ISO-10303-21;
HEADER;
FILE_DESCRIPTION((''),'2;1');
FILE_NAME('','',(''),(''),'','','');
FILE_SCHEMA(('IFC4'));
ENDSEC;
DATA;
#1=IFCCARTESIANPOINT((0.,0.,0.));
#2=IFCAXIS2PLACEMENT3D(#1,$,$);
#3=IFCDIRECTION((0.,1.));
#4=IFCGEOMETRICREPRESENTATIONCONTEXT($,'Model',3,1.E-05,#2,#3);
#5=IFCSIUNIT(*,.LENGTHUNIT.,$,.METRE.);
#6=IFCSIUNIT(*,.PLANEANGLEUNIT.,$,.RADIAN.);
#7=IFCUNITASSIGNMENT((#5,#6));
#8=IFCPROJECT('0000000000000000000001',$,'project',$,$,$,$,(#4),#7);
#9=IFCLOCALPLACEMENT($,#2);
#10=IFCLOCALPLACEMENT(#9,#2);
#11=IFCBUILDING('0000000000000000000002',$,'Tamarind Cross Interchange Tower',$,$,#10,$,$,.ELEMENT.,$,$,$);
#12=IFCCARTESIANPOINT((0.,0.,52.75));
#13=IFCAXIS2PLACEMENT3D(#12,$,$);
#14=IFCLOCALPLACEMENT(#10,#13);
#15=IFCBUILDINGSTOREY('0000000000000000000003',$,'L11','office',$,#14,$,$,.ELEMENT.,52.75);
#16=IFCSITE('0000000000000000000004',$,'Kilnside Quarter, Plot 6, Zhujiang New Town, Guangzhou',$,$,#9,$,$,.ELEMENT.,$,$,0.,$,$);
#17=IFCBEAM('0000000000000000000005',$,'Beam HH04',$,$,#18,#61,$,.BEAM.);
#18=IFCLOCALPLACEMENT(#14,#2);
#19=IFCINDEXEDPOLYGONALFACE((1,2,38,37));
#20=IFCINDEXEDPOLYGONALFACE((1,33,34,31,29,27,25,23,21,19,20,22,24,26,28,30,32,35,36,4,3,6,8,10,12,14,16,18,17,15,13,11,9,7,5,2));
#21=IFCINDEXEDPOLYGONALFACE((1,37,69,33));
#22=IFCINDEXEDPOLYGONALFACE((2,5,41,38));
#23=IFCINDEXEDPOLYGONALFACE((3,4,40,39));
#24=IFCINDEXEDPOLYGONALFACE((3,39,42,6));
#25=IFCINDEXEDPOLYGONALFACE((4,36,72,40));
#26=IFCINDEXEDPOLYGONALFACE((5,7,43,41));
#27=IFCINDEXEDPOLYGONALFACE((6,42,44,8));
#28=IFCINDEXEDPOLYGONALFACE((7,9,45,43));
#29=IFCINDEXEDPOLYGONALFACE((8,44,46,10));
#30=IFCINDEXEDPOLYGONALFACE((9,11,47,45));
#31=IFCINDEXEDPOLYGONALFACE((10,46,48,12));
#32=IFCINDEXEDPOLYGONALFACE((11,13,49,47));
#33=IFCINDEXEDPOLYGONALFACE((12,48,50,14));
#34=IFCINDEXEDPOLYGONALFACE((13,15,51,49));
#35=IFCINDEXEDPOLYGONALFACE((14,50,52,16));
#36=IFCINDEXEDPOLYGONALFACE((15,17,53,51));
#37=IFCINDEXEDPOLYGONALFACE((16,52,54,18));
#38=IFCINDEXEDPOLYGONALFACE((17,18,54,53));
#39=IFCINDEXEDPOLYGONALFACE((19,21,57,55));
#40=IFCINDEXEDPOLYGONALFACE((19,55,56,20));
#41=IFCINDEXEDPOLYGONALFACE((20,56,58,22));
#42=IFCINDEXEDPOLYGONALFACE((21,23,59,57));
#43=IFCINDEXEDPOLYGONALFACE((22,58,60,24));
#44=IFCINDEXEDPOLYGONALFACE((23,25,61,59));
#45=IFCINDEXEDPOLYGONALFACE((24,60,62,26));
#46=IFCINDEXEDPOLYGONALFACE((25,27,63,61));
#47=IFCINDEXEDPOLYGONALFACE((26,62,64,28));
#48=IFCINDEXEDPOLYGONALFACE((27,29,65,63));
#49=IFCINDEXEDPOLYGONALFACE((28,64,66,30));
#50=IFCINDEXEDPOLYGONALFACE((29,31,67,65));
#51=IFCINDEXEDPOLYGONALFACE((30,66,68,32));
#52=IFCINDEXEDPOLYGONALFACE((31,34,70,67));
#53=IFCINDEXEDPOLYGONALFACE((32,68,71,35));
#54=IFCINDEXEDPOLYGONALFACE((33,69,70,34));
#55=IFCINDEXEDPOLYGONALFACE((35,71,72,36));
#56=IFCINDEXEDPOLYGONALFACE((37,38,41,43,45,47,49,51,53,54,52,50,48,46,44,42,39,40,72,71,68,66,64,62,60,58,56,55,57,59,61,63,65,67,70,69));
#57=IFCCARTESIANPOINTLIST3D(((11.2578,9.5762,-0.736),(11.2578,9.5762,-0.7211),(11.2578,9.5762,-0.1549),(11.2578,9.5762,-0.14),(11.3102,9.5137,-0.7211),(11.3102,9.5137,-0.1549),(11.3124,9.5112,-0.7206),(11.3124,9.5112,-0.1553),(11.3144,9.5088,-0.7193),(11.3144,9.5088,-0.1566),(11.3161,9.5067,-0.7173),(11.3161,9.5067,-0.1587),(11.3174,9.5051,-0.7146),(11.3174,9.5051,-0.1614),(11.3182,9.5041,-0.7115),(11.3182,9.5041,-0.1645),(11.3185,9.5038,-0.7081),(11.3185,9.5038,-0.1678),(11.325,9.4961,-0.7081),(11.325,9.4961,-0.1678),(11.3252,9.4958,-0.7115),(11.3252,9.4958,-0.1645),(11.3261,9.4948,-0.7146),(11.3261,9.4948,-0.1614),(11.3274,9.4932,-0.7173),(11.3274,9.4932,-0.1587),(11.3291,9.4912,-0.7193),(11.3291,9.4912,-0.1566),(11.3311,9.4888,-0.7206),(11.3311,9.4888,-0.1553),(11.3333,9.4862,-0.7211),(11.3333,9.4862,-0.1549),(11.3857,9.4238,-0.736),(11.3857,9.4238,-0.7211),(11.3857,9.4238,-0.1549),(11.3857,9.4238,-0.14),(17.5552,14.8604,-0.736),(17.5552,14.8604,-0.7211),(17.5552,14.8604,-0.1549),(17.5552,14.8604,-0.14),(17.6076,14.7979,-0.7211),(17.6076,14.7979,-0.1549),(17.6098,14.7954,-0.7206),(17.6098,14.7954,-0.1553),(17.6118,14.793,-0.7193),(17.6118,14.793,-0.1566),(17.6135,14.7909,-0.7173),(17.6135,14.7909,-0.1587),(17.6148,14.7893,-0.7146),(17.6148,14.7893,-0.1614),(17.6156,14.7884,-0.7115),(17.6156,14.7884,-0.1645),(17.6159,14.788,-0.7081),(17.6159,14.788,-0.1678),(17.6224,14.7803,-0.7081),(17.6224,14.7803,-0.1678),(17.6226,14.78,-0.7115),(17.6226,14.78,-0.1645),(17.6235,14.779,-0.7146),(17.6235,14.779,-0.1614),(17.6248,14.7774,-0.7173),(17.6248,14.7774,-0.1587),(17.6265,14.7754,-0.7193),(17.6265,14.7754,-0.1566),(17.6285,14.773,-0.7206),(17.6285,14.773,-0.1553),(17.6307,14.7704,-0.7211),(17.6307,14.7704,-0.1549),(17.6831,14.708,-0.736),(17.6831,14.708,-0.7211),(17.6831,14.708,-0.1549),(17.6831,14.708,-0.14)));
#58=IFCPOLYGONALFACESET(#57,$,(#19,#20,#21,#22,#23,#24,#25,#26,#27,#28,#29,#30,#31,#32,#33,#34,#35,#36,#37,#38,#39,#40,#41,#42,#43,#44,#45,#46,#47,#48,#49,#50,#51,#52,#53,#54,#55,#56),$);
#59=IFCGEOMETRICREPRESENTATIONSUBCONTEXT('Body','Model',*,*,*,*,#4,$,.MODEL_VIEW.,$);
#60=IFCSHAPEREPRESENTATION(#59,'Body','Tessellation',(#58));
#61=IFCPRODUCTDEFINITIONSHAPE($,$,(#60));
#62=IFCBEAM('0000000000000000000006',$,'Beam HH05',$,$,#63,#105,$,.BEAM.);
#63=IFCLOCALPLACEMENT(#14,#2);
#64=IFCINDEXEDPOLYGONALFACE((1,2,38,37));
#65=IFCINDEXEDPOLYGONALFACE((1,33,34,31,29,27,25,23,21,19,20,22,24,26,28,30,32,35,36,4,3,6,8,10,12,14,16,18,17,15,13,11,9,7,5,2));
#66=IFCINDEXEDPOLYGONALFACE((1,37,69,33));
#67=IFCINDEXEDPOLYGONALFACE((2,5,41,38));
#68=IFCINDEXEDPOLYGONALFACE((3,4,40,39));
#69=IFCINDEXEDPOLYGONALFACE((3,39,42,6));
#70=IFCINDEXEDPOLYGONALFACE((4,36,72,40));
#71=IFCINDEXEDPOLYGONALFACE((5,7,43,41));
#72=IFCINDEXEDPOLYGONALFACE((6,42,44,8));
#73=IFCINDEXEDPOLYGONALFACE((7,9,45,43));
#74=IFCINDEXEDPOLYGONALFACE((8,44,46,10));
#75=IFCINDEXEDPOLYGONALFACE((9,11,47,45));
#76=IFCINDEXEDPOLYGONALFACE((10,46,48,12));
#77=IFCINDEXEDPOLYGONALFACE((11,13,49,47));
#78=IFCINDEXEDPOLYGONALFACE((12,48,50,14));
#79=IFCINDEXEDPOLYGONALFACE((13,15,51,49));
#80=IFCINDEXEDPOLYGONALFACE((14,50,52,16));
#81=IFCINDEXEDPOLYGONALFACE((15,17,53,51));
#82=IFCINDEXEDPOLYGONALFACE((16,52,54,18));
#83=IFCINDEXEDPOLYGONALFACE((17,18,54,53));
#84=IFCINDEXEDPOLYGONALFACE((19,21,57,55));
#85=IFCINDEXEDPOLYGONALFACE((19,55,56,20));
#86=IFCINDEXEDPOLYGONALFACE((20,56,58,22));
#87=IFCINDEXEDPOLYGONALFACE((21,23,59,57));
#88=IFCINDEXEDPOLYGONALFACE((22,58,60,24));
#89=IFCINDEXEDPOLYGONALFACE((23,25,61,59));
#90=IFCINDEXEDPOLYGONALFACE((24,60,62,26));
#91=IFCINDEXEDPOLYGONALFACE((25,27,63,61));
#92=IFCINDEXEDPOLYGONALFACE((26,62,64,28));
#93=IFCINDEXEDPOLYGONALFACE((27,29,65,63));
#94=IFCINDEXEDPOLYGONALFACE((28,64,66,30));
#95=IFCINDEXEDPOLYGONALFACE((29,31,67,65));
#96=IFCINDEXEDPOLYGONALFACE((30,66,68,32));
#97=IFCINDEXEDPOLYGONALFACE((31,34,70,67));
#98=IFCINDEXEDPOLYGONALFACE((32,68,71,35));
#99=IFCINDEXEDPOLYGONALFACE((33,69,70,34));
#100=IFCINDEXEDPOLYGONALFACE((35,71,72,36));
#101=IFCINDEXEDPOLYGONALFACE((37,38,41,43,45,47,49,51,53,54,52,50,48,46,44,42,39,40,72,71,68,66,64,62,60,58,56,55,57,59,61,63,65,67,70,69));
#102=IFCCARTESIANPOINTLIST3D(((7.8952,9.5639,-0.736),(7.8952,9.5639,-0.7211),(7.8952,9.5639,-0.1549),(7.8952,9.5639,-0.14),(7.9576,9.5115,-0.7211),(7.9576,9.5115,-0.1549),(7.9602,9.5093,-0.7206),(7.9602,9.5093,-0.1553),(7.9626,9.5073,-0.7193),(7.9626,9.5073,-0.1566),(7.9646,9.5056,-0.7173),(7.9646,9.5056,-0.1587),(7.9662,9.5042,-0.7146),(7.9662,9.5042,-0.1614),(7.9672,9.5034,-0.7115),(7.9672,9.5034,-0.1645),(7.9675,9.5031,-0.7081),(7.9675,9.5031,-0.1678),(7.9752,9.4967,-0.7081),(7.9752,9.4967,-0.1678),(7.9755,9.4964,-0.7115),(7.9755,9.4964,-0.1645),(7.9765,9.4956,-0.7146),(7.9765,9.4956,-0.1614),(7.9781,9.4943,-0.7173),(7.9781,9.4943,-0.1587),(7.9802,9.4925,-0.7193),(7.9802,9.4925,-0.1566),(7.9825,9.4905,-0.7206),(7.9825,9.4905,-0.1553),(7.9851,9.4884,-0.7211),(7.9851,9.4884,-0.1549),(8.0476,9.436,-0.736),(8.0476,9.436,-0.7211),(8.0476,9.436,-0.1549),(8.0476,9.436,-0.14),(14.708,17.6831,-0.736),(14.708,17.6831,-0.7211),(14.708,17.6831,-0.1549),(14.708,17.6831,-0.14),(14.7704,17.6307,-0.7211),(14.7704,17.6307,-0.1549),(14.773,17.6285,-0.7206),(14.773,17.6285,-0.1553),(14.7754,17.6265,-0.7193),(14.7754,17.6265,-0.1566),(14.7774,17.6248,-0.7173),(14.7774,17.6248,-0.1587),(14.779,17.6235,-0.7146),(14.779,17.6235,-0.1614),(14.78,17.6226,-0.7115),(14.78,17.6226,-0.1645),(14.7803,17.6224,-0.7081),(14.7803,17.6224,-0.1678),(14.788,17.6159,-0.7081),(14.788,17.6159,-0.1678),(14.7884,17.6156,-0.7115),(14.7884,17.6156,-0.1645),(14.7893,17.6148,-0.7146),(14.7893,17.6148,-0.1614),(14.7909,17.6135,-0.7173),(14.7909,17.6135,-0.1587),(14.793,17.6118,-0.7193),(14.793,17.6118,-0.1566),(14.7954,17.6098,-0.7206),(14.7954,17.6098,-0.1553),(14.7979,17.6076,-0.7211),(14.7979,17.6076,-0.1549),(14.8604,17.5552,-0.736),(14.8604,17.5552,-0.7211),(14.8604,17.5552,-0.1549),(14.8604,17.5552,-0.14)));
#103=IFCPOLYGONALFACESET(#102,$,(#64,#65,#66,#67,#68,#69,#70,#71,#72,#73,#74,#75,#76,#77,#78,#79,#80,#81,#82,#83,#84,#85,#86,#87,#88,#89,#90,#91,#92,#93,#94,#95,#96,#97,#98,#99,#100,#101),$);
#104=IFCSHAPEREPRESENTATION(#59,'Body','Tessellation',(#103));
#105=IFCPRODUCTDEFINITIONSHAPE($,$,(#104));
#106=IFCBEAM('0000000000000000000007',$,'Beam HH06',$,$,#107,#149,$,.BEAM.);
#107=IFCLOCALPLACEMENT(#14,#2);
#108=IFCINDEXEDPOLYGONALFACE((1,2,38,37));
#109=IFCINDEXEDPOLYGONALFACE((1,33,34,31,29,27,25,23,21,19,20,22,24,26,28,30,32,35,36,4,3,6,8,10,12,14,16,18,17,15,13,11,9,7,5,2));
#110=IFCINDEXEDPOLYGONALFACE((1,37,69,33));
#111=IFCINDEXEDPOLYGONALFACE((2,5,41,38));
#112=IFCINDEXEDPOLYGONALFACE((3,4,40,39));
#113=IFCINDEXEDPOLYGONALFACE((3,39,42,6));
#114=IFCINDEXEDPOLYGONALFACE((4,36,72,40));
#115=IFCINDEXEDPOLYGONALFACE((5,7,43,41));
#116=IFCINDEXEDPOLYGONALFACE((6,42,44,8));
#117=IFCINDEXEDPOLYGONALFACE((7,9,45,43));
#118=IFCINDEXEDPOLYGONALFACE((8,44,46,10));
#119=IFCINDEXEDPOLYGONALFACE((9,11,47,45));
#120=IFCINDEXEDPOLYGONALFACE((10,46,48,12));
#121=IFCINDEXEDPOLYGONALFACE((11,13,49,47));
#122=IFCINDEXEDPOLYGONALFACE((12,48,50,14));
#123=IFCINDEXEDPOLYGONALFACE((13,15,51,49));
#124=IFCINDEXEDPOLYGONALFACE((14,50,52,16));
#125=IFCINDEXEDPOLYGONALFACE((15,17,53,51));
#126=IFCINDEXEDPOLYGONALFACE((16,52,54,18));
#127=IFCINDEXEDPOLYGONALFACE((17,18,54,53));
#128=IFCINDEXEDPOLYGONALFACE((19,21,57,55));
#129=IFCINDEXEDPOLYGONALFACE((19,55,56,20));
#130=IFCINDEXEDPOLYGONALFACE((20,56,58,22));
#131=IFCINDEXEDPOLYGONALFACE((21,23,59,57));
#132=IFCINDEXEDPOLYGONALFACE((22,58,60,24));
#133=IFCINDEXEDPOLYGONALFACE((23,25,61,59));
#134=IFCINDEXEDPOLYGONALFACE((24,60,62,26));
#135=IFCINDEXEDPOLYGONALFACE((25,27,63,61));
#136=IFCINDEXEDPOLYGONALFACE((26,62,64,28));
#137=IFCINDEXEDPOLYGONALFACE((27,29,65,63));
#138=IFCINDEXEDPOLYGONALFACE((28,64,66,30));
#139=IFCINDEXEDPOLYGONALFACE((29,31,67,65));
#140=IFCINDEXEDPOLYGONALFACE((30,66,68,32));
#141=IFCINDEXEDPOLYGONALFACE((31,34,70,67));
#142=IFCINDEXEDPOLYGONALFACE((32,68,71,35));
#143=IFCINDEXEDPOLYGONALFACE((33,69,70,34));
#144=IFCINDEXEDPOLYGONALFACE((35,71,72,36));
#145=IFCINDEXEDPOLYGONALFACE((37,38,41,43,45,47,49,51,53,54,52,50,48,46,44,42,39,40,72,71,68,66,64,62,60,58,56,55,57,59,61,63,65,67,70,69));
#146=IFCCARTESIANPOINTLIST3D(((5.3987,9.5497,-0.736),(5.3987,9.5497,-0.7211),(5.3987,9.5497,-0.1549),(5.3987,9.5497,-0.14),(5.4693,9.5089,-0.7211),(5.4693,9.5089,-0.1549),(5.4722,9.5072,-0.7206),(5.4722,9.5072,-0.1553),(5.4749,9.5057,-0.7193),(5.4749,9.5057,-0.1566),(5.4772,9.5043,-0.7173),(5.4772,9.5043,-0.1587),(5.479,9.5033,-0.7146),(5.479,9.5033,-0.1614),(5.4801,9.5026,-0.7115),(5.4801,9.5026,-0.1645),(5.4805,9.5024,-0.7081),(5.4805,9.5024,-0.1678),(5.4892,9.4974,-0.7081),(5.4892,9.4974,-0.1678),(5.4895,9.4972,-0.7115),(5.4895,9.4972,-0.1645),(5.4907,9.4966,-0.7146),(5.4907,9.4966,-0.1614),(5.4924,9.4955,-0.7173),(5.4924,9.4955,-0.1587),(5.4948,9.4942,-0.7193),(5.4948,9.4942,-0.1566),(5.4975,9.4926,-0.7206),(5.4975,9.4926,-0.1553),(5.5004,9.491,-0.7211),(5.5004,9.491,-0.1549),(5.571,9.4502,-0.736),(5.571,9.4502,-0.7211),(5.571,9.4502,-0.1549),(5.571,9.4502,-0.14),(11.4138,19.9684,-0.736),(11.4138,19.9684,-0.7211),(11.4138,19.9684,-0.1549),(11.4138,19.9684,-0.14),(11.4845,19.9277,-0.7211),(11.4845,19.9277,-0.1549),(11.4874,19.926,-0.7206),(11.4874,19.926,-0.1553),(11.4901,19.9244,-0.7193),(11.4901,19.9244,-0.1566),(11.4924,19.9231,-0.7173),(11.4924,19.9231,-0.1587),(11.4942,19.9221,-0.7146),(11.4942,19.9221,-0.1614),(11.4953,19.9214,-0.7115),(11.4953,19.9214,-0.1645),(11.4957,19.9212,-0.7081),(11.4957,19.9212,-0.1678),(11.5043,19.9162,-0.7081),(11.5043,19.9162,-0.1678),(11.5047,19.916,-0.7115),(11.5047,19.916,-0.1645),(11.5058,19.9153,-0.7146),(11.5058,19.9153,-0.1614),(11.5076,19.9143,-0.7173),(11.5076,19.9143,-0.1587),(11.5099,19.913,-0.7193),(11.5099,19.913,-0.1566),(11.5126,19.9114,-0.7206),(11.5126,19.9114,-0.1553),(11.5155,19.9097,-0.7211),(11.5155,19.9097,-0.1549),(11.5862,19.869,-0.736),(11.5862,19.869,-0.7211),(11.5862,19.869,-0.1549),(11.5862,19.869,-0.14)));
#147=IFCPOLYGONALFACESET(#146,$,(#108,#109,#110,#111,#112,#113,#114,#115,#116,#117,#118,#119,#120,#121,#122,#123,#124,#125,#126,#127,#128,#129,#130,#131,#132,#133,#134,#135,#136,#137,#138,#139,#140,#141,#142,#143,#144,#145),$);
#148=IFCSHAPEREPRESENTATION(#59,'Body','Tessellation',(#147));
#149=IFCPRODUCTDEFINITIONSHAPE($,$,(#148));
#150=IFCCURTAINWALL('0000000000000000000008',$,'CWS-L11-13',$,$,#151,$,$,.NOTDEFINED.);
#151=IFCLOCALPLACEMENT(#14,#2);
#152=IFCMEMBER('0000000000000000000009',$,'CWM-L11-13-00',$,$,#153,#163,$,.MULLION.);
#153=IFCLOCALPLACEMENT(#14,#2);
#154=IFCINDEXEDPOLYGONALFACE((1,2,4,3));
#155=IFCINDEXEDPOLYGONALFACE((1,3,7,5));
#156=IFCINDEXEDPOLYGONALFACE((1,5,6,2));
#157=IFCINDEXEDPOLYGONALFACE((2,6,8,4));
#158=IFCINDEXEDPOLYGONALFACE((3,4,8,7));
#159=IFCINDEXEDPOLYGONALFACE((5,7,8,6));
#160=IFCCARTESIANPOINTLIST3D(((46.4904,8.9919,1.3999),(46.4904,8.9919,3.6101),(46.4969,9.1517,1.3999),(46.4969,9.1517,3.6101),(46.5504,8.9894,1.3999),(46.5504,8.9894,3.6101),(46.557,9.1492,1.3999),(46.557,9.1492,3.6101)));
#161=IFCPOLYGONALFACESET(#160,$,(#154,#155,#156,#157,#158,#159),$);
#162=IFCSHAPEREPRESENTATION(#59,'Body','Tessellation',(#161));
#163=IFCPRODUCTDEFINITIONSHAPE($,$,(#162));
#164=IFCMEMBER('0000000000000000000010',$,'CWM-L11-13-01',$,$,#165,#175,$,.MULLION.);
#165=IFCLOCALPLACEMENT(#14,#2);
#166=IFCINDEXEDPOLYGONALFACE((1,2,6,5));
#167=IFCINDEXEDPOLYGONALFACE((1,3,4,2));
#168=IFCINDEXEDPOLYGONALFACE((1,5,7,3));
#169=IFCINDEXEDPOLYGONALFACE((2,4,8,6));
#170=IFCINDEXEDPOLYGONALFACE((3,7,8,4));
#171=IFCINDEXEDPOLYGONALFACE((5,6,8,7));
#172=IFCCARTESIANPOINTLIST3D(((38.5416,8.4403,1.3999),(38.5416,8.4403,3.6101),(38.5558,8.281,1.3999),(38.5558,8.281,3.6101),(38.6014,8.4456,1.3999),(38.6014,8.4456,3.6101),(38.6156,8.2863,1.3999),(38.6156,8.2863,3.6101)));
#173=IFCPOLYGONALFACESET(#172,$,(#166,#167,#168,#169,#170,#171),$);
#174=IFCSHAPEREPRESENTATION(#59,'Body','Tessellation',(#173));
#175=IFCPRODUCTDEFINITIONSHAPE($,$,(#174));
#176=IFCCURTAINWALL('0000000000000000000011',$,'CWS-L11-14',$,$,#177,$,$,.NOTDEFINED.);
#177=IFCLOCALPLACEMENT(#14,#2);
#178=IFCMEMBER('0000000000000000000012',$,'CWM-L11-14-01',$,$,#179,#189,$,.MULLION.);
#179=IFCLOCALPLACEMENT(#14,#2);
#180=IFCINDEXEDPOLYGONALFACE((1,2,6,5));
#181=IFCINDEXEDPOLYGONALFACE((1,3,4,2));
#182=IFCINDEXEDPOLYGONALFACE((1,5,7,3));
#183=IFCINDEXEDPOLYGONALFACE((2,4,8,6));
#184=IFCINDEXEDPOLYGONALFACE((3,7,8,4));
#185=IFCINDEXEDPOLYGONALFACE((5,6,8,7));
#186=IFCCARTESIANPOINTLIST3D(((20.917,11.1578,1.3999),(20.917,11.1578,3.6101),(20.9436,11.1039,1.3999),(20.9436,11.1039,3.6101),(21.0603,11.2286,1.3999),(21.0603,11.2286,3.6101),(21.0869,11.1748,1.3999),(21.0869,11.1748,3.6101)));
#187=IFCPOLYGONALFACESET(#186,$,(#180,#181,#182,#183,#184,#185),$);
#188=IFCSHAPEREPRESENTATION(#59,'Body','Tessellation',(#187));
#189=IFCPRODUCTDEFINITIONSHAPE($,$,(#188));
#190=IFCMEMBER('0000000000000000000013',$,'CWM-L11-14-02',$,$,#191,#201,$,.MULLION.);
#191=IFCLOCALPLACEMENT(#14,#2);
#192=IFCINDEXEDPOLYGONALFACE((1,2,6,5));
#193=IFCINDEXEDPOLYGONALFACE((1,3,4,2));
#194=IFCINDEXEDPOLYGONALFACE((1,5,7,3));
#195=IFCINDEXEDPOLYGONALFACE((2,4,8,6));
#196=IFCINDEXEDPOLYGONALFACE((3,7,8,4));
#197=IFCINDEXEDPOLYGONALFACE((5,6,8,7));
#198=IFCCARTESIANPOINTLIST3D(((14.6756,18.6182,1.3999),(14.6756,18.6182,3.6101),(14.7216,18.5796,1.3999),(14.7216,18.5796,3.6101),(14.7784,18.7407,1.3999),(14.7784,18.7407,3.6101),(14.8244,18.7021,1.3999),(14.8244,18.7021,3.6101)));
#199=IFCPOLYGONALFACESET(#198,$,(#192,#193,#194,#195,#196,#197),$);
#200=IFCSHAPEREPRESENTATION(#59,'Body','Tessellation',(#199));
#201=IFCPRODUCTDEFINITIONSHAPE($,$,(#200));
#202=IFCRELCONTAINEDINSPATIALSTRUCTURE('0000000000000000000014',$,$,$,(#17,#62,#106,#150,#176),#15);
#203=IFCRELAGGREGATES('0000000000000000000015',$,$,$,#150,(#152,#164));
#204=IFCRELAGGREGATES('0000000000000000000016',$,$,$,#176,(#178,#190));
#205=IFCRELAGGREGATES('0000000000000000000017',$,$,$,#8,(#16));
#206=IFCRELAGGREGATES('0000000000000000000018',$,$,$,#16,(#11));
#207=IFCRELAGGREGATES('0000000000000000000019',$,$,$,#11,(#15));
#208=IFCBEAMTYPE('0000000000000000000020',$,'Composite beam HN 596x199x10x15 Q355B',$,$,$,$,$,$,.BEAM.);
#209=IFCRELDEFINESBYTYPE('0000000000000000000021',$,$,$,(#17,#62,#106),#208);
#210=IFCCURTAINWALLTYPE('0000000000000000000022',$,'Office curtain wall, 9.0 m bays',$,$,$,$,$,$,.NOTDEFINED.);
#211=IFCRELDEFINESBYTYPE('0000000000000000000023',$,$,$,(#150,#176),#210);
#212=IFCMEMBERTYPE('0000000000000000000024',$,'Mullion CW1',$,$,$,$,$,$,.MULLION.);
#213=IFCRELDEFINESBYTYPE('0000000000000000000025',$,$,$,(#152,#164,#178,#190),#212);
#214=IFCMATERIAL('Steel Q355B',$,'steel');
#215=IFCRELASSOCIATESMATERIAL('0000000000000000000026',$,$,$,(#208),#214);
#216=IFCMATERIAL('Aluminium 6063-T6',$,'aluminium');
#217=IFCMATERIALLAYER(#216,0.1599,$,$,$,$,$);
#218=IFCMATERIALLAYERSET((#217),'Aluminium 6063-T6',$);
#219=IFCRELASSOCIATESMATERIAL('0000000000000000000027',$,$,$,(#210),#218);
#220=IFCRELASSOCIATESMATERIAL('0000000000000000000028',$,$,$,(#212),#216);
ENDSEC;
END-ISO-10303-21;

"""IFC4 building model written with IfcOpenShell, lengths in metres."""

from ifc_helpers import new_model, si_unit, direction, frame, origin, origin_2d, place, context, subcontext, project, spatial, rectangle, i_section, extrude, material, layer, layer_set, material_profile, profile_set, type_object, element, aggregate, save


model = new_model("IFC4")

# Units and contexts
model_context = context("Model", 3, precision=1e-05, world=origin(), true_north=direction((0.0, 1.0)))
body_context = subcontext(model_context, "Body", "Model", "MODEL_VIEW")
ifc_project = project(units=[si_unit("LENGTHUNIT", "METRE"), si_unit("PLANEANGLEUNIT", "RADIAN")], contexts=[model_context])

# Site, building, storey
site_placement = place(None, origin())
site = spatial("IfcSite", under=ifc_project, at=site_placement, Name="Kilnside Quarter, Plot 6, Zhujiang New Town, Guangzhou", CompositionType="ELEMENT", RefElevation=0.0)
building_placement = place(site_placement, origin())
building = spatial("IfcBuilding", under=site, at=building_placement, Name="Tamarind Cross Interchange Tower", CompositionType="ELEMENT")
storey_placement = place(building_placement, frame((0.0, 0.0, 52.75)))
storey = spatial("IfcBuildingStorey", under=building, at=storey_placement, Name="L11", Description="office", CompositionType="ELEMENT", Elevation=52.75)

# Beams
ifc_material_1 = material(Name="Steel Q355B", Category="steel")
ifc_material_profile_1 = material_profile(ifc_material_1, i_section(OverallWidth=0.199, OverallDepth=0.5959, WebThickness=0.01, FlangeThickness=0.0149, FilletRadius=0.0129, at=origin_2d()), Name="HN 596x199x10x15")
ifc_profile_set_1 = profile_set([ifc_material_profile_1], Name="Steel Q355B")
beam_type_1 = type_object("IfcBeamType", Name="Composite beam HN 596x199x10x15 Q355B", PredefinedType="BEAM", material=ifc_profile_set_1)
beam_1_placement = place(storey_placement, frame((17.6191, 14.7842, -0.438), z_axis=(-0.766041, -0.642792, 0.0), x_axis=(0.642792, -0.766041, 0.0)))
element("IfcBeam", 1, at=beam_1_placement, inside=storey, type_object=beam_type_1, Name="Beam HH04", PredefinedType="BEAM", context=body_context, shape_type="SweptSolid", body=[
    extrude(i_section(OverallWidth=0.199, OverallDepth=0.5959, WebThickness=0.01, FlangeThickness=0.0149, FilletRadius=0.0129, at=origin_2d()), origin(), (0.0, 0.0, 1.0), 8.2207),
])
beam_2_placement = place(storey_placement, frame((14.7842, 17.6191, -0.438), z_axis=(-0.642786, -0.766046, 0.0), x_axis=(0.766046, -0.642786, 0.0)))
element("IfcBeam", 2, at=beam_2_placement, inside=storey, type_object=beam_type_1, Name="Beam HH05", PredefinedType="BEAM", context=body_context, shape_type="SweptSolid", body=[
    extrude(i_section(OverallWidth=0.199, OverallDepth=0.5959, WebThickness=0.01, FlangeThickness=0.0149, FilletRadius=0.0129, at=origin_2d()), origin(), (0.0, 0.0, 1.0), 10.5989),
])
beam_3_placement = place(storey_placement, frame((11.5, 19.9187, -0.438), z_axis=(-0.499994, -0.866029, 0.0), x_axis=(0.866029, -0.499994, 0.0)))
element("IfcBeam", 3, at=beam_3_placement, inside=storey, type_object=beam_type_1, Name="Beam HH06", PredefinedType="BEAM", context=body_context, shape_type="SweptSolid", body=[
    extrude(i_section(OverallWidth=0.199, OverallDepth=0.5959, WebThickness=0.01, FlangeThickness=0.0149, FilletRadius=0.0129, at=origin_2d()), origin(), (0.0, 0.0, 1.0), 12.0305),
])

# Curtain walls, members
ifc_material_2 = material(Name="Aluminium 6063-T6", Category="aluminium")
ifc_layer_1 = layer(ifc_material_2, 0.1599)
ifc_layer_set_1 = layer_set([ifc_layer_1], Name="Aluminium 6063-T6")
curtain_wall_type = type_object("IfcCurtainWallType", Name="Office curtain wall, 9.0 m bays", PredefinedType="NOTDEFINED", material=ifc_layer_set_1)
curtain_wall_1_placement = place(storey_placement, origin())
curtain_wall_1 = element("IfcCurtainWall", 4, at=curtain_wall_1_placement, inside=storey, type_object=curtain_wall_type, Name="CWS-L11-13", PredefinedType="NOTDEFINED")
ifc_material_profile_2 = material_profile(ifc_material_2, rectangle(XDim=0.0601, YDim=0.1599, at=origin_2d()), Name="Mullion CW1")
ifc_profile_set_2 = profile_set([ifc_material_profile_2], Name="Aluminium 6063-T6")
member_type = type_object("IfcMemberType", Name="Mullion CW1", PredefinedType="MULLION", material=ifc_profile_set_2)
member_1_placement = place(storey_placement, frame((46.5237, 9.0706, 1.3999), z_axis=(0.0, 0.0, 1.0), x_axis=(-0.999163, 0.0409, 0.0)))
member_1 = element("IfcMember", 5, at=member_1_placement, type_object=member_type, Name="CWM-L11-13-00", PredefinedType="MULLION", context=body_context, shape_type="SweptSolid", body=[
    extrude(rectangle(XDim=0.0601, YDim=0.1599, at=origin_2d()), origin(), (0.0, 0.0, 1.0), 2.2102),
])
member_2_placement = place(storey_placement, frame((38.5786, 8.3633, 1.3999), z_axis=(0.0, 0.0, 1.0), x_axis=(-0.99606, -0.088684, 0.0)))
member_2 = element("IfcMember", 6, at=member_2_placement, type_object=member_type, Name="CWM-L11-13-01", PredefinedType="MULLION", context=body_context, shape_type="SweptSolid", body=[
    extrude(rectangle(XDim=0.0601, YDim=0.1599, at=origin_2d()), origin(), (0.0, 0.0, 1.0), 2.2102),
])
aggregate(curtain_wall_1, [member_1, member_2])
curtain_wall_2_placement = place(storey_placement, origin())
curtain_wall_2 = element("IfcCurtainWall", 7, at=curtain_wall_2_placement, inside=storey, type_object=curtain_wall_type, Name="CWS-L11-14", PredefinedType="NOTDEFINED")
member_3_placement = place(storey_placement, frame((21.002, 11.1663, 1.3999), z_axis=(0.0, 0.0, 1.0), x_axis=(-0.443059, 0.896493, 0.0)))
member_3 = element("IfcMember", 8, at=member_3_placement, type_object=member_type, Name="CWM-L11-14-01", PredefinedType="MULLION", context=body_context, shape_type="SweptSolid", body=[
    extrude(rectangle(XDim=0.0601, YDim=0.1599, at=origin_2d()), origin(), (0.0, 0.0, 1.0), 2.2102),
])
member_4_placement = place(storey_placement, frame((14.75, 18.6602, 1.3999), z_axis=(0.0, 0.0, 1.0), x_axis=(-0.765858, 0.643009, 0.0)))
member_4 = element("IfcMember", 9, at=member_4_placement, type_object=member_type, Name="CWM-L11-14-02", PredefinedType="MULLION", context=body_context, shape_type="SweptSolid", body=[
    extrude(rectangle(XDim=0.0601, YDim=0.1599, at=origin_2d()), origin(), (0.0, 0.0, 1.0), 2.2102),
])
aggregate(curtain_wall_2, [member_3, member_4])

save(model, "model.ifc")
